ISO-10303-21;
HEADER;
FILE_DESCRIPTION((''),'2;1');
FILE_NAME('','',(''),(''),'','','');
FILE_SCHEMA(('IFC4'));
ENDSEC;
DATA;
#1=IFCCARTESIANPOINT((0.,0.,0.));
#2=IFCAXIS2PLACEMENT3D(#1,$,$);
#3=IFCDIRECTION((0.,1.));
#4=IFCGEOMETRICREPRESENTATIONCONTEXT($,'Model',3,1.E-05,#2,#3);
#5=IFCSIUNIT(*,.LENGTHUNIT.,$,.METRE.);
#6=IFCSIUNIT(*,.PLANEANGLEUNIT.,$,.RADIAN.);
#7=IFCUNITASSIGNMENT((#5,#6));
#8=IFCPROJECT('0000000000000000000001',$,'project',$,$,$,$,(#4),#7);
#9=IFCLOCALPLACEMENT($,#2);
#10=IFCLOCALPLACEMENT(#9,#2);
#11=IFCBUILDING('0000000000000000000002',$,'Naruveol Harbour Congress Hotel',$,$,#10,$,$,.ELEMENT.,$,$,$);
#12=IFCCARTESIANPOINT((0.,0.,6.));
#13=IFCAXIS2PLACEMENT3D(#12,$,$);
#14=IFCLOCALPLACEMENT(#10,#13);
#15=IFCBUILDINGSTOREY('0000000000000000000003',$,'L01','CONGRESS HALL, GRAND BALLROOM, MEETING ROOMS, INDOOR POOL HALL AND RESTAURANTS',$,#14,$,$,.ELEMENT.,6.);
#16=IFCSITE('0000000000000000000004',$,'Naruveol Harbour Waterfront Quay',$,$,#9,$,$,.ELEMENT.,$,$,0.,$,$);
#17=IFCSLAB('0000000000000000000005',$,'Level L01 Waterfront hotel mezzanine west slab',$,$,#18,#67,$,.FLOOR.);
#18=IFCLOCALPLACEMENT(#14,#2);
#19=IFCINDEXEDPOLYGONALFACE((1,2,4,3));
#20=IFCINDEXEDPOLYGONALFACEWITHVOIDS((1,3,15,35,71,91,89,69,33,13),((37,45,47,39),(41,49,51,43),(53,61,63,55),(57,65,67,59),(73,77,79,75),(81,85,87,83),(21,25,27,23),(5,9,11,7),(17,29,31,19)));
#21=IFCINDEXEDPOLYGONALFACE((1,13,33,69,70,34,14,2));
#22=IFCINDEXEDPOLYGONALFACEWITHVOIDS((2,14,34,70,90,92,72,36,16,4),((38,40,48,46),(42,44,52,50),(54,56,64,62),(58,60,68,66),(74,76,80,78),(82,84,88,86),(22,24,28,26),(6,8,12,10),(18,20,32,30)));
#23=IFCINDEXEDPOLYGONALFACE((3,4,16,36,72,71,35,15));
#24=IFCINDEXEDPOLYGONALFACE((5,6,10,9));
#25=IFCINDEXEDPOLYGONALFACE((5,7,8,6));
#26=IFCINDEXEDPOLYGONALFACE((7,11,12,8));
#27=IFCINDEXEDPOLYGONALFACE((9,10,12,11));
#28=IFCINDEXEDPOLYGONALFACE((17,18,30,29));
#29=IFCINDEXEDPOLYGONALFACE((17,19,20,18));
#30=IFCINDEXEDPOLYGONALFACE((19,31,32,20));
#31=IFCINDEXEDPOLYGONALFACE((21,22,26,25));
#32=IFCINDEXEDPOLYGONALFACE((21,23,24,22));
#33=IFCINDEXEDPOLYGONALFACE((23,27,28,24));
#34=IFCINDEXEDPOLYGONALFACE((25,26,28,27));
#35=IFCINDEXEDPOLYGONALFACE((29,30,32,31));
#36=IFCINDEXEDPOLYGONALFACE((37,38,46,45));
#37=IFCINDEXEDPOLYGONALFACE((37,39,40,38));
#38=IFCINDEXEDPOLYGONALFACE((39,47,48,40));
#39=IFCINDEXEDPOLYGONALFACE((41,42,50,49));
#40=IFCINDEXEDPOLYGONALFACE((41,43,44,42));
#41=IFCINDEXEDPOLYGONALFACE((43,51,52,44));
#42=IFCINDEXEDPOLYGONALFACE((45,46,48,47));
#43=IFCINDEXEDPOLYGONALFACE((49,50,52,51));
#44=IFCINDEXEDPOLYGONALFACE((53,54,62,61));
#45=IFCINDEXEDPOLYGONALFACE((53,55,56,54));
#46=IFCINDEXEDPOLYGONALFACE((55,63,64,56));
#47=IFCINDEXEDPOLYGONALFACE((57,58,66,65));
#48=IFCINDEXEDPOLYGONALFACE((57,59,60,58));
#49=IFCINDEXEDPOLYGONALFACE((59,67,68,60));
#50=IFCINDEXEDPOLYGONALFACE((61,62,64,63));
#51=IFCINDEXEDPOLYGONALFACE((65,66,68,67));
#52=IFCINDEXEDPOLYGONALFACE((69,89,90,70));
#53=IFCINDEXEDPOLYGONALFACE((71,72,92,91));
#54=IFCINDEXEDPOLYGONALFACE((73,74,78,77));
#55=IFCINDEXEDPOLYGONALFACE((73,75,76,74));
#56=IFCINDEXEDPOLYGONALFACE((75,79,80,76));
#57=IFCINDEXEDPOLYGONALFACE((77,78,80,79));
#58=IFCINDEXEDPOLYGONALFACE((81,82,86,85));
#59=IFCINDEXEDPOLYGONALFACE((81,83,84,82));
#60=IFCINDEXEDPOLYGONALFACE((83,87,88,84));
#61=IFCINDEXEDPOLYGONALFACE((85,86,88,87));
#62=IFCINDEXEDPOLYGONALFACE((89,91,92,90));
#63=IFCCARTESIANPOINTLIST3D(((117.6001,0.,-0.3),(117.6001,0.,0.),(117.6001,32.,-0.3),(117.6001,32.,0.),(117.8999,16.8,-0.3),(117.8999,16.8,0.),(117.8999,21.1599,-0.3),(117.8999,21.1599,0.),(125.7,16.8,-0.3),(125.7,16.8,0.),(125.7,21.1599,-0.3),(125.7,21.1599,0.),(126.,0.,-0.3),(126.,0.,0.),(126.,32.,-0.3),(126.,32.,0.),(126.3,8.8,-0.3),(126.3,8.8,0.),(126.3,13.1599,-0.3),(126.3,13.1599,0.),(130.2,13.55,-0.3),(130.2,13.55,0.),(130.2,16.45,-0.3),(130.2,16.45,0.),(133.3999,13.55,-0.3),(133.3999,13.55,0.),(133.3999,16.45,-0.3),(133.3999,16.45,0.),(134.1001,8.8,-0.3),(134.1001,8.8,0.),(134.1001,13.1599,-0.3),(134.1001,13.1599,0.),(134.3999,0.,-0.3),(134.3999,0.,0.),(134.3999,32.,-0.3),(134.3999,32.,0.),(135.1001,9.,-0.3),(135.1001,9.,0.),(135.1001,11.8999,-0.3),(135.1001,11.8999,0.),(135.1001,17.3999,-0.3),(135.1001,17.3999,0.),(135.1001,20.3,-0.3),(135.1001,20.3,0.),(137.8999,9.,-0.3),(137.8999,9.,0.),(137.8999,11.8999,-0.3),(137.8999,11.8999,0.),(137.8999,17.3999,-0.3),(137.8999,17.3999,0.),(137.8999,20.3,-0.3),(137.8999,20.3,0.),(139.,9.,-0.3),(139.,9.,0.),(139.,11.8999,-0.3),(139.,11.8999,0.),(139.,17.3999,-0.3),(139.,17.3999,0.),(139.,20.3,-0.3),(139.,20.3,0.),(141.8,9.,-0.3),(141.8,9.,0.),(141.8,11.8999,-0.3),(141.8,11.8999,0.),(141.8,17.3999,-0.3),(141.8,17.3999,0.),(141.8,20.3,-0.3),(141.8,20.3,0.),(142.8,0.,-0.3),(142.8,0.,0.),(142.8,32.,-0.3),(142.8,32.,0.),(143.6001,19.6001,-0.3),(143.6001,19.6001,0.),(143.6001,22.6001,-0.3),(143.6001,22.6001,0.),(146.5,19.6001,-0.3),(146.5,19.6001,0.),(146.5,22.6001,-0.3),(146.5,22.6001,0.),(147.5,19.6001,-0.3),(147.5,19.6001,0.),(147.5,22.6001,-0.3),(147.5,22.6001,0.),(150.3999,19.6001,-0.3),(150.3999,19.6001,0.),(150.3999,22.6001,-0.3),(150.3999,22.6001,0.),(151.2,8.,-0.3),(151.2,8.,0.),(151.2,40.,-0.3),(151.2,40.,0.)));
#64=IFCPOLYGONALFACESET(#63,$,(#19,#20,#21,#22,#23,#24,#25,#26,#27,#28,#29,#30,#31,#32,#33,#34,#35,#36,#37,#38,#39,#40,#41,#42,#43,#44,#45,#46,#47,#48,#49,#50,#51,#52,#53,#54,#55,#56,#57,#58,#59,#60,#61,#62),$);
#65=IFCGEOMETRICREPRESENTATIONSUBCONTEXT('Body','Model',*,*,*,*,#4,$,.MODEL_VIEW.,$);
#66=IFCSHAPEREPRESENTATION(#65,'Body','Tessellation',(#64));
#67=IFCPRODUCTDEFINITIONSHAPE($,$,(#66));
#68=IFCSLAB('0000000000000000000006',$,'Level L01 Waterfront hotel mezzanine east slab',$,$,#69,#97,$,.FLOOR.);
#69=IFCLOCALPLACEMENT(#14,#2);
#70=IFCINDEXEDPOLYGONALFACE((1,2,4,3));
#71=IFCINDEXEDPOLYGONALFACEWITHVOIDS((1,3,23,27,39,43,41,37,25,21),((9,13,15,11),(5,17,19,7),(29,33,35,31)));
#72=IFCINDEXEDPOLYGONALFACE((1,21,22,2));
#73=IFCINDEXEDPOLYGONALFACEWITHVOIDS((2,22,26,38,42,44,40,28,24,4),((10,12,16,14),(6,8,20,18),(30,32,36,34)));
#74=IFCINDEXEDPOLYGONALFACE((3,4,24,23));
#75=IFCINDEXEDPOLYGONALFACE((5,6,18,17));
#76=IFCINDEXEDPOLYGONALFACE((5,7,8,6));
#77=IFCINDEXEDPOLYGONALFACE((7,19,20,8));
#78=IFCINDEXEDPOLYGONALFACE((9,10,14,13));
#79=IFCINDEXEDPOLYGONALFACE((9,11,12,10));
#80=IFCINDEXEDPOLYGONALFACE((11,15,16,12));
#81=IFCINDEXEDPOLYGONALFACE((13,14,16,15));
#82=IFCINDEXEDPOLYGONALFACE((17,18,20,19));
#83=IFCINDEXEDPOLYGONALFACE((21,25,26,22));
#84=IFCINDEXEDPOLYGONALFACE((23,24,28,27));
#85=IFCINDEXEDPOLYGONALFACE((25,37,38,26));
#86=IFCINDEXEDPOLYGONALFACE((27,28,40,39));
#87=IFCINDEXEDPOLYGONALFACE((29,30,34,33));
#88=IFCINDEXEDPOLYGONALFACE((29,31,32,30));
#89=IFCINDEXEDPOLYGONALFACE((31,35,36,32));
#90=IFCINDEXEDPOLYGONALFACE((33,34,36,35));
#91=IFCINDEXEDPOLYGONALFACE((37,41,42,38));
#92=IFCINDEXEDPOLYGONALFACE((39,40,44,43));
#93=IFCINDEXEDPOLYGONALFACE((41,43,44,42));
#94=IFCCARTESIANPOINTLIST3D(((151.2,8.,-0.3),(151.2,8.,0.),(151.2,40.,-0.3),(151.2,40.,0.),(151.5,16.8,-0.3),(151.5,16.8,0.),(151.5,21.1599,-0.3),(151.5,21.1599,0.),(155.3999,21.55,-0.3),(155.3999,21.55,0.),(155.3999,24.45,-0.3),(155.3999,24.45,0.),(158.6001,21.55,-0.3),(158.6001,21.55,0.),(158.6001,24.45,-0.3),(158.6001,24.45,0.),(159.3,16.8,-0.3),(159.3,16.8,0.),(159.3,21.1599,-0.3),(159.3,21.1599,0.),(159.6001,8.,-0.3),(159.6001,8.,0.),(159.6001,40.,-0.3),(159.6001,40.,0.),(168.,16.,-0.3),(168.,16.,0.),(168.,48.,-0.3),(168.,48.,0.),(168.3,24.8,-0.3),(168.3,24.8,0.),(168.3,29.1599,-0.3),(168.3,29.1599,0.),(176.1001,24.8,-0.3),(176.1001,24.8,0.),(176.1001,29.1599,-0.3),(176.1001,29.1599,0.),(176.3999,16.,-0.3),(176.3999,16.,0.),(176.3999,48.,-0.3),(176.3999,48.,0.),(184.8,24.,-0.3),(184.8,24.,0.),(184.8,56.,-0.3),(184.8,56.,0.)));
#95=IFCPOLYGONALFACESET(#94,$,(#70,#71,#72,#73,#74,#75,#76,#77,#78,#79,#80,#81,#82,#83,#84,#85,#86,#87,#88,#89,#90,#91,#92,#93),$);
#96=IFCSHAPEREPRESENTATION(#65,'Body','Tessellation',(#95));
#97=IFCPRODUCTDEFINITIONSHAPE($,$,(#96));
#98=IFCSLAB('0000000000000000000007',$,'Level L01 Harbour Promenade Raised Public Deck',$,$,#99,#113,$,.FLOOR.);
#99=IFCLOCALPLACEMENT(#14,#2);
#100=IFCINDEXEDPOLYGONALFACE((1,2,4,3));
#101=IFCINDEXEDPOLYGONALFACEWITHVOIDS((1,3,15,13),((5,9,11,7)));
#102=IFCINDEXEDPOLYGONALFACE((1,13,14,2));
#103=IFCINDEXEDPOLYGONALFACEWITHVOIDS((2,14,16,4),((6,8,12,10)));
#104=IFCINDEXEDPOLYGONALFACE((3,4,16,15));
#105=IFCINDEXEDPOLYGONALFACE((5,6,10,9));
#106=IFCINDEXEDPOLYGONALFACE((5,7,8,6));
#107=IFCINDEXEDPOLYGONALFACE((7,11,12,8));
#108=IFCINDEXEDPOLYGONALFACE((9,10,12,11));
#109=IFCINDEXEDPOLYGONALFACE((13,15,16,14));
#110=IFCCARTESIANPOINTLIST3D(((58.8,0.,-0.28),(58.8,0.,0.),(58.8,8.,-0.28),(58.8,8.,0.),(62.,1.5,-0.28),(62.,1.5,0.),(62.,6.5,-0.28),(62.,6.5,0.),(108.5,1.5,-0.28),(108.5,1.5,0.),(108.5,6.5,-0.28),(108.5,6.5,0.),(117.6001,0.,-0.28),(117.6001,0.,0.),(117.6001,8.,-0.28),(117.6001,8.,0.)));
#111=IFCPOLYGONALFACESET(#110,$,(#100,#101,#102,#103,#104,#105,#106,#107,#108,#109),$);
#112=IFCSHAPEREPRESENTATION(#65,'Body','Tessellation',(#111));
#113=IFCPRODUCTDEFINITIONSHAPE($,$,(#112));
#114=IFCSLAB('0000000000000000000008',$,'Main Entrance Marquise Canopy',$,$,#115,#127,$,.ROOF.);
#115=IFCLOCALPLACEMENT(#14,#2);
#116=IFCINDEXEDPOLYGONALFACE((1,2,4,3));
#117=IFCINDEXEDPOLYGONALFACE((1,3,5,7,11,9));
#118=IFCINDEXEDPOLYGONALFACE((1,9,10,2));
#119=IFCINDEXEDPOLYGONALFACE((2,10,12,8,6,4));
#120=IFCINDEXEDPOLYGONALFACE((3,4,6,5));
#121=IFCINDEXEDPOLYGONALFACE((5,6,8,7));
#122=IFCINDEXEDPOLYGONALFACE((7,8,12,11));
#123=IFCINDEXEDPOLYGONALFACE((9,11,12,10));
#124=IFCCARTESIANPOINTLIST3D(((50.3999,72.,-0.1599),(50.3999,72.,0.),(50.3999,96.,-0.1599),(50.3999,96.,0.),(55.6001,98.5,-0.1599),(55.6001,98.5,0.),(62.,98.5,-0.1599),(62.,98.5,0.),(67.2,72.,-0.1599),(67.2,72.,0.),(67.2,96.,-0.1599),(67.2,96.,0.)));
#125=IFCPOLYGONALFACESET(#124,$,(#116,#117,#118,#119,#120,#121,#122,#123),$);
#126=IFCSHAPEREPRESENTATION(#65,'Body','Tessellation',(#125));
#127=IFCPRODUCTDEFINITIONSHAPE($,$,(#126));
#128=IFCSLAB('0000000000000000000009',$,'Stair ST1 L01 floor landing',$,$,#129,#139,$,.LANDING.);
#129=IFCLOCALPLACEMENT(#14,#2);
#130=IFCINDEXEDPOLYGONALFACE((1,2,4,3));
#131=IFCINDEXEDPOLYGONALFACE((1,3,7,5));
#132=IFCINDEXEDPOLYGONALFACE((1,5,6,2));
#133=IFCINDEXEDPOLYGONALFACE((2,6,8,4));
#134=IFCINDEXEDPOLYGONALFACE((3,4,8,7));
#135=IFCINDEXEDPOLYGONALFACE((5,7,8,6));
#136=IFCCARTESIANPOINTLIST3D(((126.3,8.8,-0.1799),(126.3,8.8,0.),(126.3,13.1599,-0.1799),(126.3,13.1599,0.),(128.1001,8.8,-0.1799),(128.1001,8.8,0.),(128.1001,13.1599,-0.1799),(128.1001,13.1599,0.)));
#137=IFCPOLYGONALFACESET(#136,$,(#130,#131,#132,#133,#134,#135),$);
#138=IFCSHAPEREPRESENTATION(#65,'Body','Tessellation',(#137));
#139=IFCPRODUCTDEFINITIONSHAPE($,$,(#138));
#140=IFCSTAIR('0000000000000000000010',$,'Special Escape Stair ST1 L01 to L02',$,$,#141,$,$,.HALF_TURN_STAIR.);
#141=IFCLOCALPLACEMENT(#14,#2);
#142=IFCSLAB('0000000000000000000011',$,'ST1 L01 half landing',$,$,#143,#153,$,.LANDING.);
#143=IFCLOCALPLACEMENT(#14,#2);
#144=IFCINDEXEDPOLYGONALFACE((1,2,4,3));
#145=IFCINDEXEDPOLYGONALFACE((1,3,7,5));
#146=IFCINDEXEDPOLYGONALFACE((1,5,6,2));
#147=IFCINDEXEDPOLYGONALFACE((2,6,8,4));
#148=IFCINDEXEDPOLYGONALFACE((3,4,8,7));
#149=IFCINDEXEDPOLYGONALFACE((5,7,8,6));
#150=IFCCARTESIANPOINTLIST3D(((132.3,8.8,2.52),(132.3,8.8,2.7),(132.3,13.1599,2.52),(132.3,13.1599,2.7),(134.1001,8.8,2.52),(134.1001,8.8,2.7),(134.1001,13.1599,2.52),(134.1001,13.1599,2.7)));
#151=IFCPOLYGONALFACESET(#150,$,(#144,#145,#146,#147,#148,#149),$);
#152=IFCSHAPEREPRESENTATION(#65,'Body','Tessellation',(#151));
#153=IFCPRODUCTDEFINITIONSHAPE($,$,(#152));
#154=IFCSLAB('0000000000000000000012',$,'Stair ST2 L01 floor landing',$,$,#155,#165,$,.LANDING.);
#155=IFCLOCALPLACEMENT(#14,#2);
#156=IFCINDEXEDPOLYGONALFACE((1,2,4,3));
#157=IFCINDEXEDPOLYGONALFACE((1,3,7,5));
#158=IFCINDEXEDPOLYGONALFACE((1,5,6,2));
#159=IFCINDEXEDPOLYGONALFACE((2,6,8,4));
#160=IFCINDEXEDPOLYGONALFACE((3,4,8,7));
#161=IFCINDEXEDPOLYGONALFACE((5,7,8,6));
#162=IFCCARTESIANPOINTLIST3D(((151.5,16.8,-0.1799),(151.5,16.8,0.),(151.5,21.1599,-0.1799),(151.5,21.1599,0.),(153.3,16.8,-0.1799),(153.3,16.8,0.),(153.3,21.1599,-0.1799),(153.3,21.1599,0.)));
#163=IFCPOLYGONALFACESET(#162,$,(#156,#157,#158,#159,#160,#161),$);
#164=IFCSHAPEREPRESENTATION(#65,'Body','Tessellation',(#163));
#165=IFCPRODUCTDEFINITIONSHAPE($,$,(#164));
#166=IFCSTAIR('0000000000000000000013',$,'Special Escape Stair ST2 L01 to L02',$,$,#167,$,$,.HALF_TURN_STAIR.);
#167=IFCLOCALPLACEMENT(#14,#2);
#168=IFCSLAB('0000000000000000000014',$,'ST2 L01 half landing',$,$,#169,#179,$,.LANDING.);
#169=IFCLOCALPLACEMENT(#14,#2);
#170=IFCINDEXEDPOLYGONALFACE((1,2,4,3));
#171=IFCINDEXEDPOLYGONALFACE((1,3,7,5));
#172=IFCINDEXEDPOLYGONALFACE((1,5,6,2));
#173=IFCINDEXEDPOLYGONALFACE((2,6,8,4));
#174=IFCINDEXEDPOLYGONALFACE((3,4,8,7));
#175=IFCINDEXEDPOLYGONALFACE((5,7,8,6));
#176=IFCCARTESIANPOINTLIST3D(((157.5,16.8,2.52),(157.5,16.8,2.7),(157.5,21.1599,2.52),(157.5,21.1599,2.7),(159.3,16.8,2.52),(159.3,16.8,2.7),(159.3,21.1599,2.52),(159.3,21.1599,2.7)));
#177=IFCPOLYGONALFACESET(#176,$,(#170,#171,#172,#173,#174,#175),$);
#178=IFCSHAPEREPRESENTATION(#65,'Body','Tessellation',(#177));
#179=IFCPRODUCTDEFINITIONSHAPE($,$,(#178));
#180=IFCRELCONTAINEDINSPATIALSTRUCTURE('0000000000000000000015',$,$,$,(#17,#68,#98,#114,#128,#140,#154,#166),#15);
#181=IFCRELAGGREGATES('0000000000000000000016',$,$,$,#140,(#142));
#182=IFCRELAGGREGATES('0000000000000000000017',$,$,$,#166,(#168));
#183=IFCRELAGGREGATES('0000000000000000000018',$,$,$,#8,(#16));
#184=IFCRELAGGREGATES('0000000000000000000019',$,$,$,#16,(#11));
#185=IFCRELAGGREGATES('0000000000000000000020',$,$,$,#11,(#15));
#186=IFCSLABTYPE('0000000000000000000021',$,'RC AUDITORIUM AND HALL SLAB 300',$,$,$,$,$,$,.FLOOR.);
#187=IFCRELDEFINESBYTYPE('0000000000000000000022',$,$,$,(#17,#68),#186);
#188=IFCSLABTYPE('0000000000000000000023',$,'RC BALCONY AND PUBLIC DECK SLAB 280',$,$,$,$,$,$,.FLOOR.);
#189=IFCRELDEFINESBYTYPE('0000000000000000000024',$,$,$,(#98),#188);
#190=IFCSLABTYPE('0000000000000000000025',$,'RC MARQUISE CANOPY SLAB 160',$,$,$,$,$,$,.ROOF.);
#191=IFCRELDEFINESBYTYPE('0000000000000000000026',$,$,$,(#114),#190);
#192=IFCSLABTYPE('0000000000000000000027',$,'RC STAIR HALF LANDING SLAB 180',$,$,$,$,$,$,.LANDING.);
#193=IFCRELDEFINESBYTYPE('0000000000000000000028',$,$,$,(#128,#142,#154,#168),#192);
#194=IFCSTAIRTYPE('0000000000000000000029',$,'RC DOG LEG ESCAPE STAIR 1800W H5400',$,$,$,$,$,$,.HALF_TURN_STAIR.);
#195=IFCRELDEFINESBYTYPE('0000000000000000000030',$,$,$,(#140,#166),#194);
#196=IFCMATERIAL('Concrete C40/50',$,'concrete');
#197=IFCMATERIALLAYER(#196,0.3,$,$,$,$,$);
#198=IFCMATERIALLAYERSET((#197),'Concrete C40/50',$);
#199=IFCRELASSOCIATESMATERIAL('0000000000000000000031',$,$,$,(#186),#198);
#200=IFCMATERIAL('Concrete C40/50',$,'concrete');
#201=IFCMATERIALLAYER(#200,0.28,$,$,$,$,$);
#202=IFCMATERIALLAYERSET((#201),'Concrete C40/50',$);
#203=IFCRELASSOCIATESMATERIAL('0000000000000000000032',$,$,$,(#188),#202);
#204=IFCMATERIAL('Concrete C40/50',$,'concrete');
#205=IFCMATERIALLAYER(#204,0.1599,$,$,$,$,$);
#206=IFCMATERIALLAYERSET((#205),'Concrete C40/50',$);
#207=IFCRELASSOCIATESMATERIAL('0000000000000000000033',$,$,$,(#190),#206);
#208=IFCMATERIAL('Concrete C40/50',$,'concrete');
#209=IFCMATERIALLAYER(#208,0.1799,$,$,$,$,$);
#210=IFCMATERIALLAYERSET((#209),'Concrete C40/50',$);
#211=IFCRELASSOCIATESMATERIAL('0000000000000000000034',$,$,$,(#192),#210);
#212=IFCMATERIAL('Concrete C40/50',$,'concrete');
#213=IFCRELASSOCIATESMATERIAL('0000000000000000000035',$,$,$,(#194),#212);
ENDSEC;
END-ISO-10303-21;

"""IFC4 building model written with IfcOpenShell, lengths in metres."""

from ifc_helpers import new_model, si_unit, direction, frame, origin, place, context, subcontext, project, spatial, polyline, outline, extrude, material, layer, layer_set, type_object, element, aggregate, save


model = new_model("IFC4")

# Units and contexts
model_context = context("Model", 3, precision=1e-05, world=origin(), true_north=direction((0.0, 1.0)))
body_context = subcontext(model_context, "Body", "Model", "MODEL_VIEW")
ifc_project = project(units=[si_unit("LENGTHUNIT", "METRE"), si_unit("PLANEANGLEUNIT", "RADIAN")], contexts=[model_context])

# Site, building, storey
site_placement = place(None, origin())
site = spatial("IfcSite", under=ifc_project, at=site_placement, Name="Naruveol Harbour Waterfront Quay", CompositionType="ELEMENT", RefElevation=0.0)
building_placement = place(site_placement, origin())
building = spatial("IfcBuilding", under=site, at=building_placement, Name="Naruveol Harbour Congress Hotel", CompositionType="ELEMENT")
storey_placement = place(building_placement, frame((0.0, 0.0, 6.0)))
storey = spatial("IfcBuildingStorey", under=building, at=storey_placement, Name="L01", Description="CONGRESS HALL, GRAND BALLROOM, MEETING ROOMS, INDOOR POOL HALL AND RESTAURANTS", CompositionType="ELEMENT", Elevation=6.0)

# Slabs
ifc_material_1 = material(Name="Concrete C40/50", Category="concrete")
ifc_layer_1 = layer(ifc_material_1, 0.3)
ifc_layer_set_1 = layer_set([ifc_layer_1], Name="Concrete C40/50")
slab_type_1 = type_object("IfcSlabType", Name="RC AUDITORIUM AND HALL SLAB 300", PredefinedType="FLOOR", material=ifc_layer_set_1)
slab_1_placement = place(storey_placement, frame((0.0, 0.0, -0.3)))
element("IfcSlab", 1, at=slab_1_placement, inside=storey, type_object=slab_type_1, Name="Level L01 Waterfront hotel mezzanine west slab", PredefinedType="FLOOR", context=body_context, shape_type="SweptSolid", body=[
    extrude(outline(polyline([(117.6001, 0.0), (126.0, 0.0), (134.3999, 0.0), (142.8, 0.0), (151.2, 8.0), (151.2, 40.0), (142.8, 32.0), (134.3999, 32.0), (126.0, 32.0), (117.6001, 32.0), (117.6001, 0.0)]), holes=[polyline([(126.3, 8.8), (134.1001, 8.8), (134.1001, 13.1599), (126.3, 13.1599), (126.3, 8.8)]), polyline([(117.8999, 16.8), (125.7, 16.8), (125.7, 21.1599), (117.8999, 21.1599), (117.8999, 16.8)]), polyline([(135.1001, 17.3999), (137.8999, 17.3999), (137.8999, 20.3), (135.1001, 20.3), (135.1001, 17.3999)]), polyline([(139.0, 17.3999), (141.8, 17.3999), (141.8, 20.3), (139.0, 20.3), (139.0, 17.3999)]), polyline([(135.1001, 9.0), (137.8999, 9.0), (137.8999, 11.8999), (135.1001, 11.8999), (135.1001, 9.0)]), polyline([(139.0, 9.0), (141.8, 9.0), (141.8, 11.8999), (139.0, 11.8999), (139.0, 9.0)]), polyline([(130.2, 13.55), (133.3999, 13.55), (133.3999, 16.45), (130.2, 16.45), (130.2, 13.55)]), polyline([(143.6001, 19.6001), (146.5, 19.6001), (146.5, 22.6001), (143.6001, 22.6001), (143.6001, 19.6001)]), polyline([(147.5, 19.6001), (150.3999, 19.6001), (150.3999, 22.6001), (147.5, 22.6001), (147.5, 19.6001)])]), origin(), (0.0, 0.0, 1.0), 0.3),
])
slab_2_placement = place(storey_placement, frame((0.0, 0.0, -0.3)))
element("IfcSlab", 2, at=slab_2_placement, inside=storey, type_object=slab_type_1, Name="Level L01 Waterfront hotel mezzanine east slab", PredefinedType="FLOOR", context=body_context, shape_type="SweptSolid", body=[
    extrude(outline(polyline([(151.2, 8.0), (159.6001, 8.0), (168.0, 16.0), (176.3999, 16.0), (184.8, 24.0), (184.8, 56.0), (176.3999, 48.0), (168.0, 48.0), (159.6001, 40.0), (151.2, 40.0), (151.2, 8.0)]), holes=[polyline([(151.5, 16.8), (159.3, 16.8), (159.3, 21.1599), (151.5, 21.1599), (151.5, 16.8)]), polyline([(168.3, 24.8), (176.1001, 24.8), (176.1001, 29.1599), (168.3, 29.1599), (168.3, 24.8)]), polyline([(155.3999, 21.55), (158.6001, 21.55), (158.6001, 24.45), (155.3999, 24.45), (155.3999, 21.55)])]), origin(), (0.0, 0.0, 1.0), 0.3),
])
ifc_material_2 = material(Name="Concrete C40/50", Category="concrete")
ifc_layer_2 = layer(ifc_material_2, 0.28)
ifc_layer_set_2 = layer_set([ifc_layer_2], Name="Concrete C40/50")
slab_type_2 = type_object("IfcSlabType", Name="RC BALCONY AND PUBLIC DECK SLAB 280", PredefinedType="FLOOR", material=ifc_layer_set_2)
slab_3_placement = place(storey_placement, frame((0.0, 0.0, -0.28)))
element("IfcSlab", 3, at=slab_3_placement, inside=storey, type_object=slab_type_2, Name="Level L01 Harbour Promenade Raised Public Deck", PredefinedType="FLOOR", context=body_context, shape_type="SweptSolid", body=[
    extrude(outline(polyline([(58.8, 0.0), (117.6001, 0.0), (117.6001, 8.0), (58.8, 8.0), (58.8, 0.0)]), holes=[polyline([(62.0, 1.5), (108.5, 1.5), (108.5, 6.5), (62.0, 6.5), (62.0, 1.5)])]), origin(), (0.0, 0.0, 1.0), 0.28),
])
ifc_material_3 = material(Name="Concrete C40/50", Category="concrete")
ifc_layer_3 = layer(ifc_material_3, 0.1599)
ifc_layer_set_3 = layer_set([ifc_layer_3], Name="Concrete C40/50")
slab_type_3 = type_object("IfcSlabType", Name="RC MARQUISE CANOPY SLAB 160", PredefinedType="ROOF", material=ifc_layer_set_3)
slab_4_placement = place(storey_placement, frame((0.0, 0.0, -0.1599)))
element("IfcSlab", 4, at=slab_4_placement, inside=storey, type_object=slab_type_3, Name="Main Entrance Marquise Canopy", PredefinedType="ROOF", context=body_context, shape_type="SweptSolid", body=[
    extrude(outline(polyline([(50.3999, 72.0), (67.2, 72.0), (67.2, 96.0), (62.0, 98.5), (55.6001, 98.5), (50.3999, 96.0), (50.3999, 72.0)])), origin(), (0.0, 0.0, 1.0), 0.1599),
])
ifc_material_4 = material(Name="Concrete C40/50", Category="concrete")
ifc_layer_4 = layer(ifc_material_4, 0.1799)
ifc_layer_set_4 = layer_set([ifc_layer_4], Name="Concrete C40/50")
slab_type_4 = type_object("IfcSlabType", Name="RC STAIR HALF LANDING SLAB 180", PredefinedType="LANDING", material=ifc_layer_set_4)
slab_5_placement = place(storey_placement, frame((0.0, 0.0, -0.1799)))
element("IfcSlab", 5, at=slab_5_placement, inside=storey, type_object=slab_type_4, Name="Stair ST1 L01 floor landing", PredefinedType="LANDING", context=body_context, shape_type="SweptSolid", body=[
    extrude(outline(polyline([(126.3, 8.8), (128.1001, 8.8), (128.1001, 13.1599), (126.3, 13.1599), (126.3, 8.8)])), origin(), (0.0, 0.0, 1.0), 0.1799),
])

# Stair, slab
ifc_material_5 = material(Name="Concrete C40/50", Category="concrete")
stair_type = type_object("IfcStairType", Name="RC DOG LEG ESCAPE STAIR 1800W H5400", PredefinedType="HALF_TURN_STAIR", material=ifc_material_5)
stair_1_placement = place(storey_placement, origin())
stair_1 = element("IfcStair", 6, at=stair_1_placement, inside=storey, type_object=stair_type, Name="Special Escape Stair ST1 L01 to L02", PredefinedType="HALF_TURN_STAIR")
slab_6_placement = place(storey_placement, frame((0.0, 0.0, 2.52)))
slab_6 = element("IfcSlab", 7, at=slab_6_placement, type_object=slab_type_4, Name="ST1 L01 half landing", PredefinedType="LANDING", context=body_context, shape_type="SweptSolid", body=[
    extrude(outline(polyline([(132.3, 8.8), (134.1001, 8.8), (134.1001, 13.1599), (132.3, 13.1599), (132.3, 8.8)])), origin(), (0.0, 0.0, 1.0), 0.1799),
])
aggregate(stair_1, [slab_6])

# Slab
slab_7_placement = place(storey_placement, frame((0.0, 0.0, -0.1799)))
element("IfcSlab", 8, at=slab_7_placement, inside=storey, type_object=slab_type_4, Name="Stair ST2 L01 floor landing", PredefinedType="LANDING", context=body_context, shape_type="SweptSolid", body=[
    extrude(outline(polyline([(151.5, 16.8), (153.3, 16.8), (153.3, 21.1599), (151.5, 21.1599), (151.5, 16.8)])), origin(), (0.0, 0.0, 1.0), 0.1799),
])

# Stair, slab
stair_2_placement = place(storey_placement, origin())
stair_2 = element("IfcStair", 9, at=stair_2_placement, inside=storey, type_object=stair_type, Name="Special Escape Stair ST2 L01 to L02", PredefinedType="HALF_TURN_STAIR")
slab_8_placement = place(storey_placement, frame((0.0, 0.0, 2.52)))
slab_8 = element("IfcSlab", 10, at=slab_8_placement, type_object=slab_type_4, Name="ST2 L01 half landing", PredefinedType="LANDING", context=body_context, shape_type="SweptSolid", body=[
    extrude(outline(polyline([(157.5, 16.8), (159.3, 16.8), (159.3, 21.1599), (157.5, 21.1599), (157.5, 16.8)])), origin(), (0.0, 0.0, 1.0), 0.1799),
])
aggregate(stair_2, [slab_8])

save(model, "model.ifc")
